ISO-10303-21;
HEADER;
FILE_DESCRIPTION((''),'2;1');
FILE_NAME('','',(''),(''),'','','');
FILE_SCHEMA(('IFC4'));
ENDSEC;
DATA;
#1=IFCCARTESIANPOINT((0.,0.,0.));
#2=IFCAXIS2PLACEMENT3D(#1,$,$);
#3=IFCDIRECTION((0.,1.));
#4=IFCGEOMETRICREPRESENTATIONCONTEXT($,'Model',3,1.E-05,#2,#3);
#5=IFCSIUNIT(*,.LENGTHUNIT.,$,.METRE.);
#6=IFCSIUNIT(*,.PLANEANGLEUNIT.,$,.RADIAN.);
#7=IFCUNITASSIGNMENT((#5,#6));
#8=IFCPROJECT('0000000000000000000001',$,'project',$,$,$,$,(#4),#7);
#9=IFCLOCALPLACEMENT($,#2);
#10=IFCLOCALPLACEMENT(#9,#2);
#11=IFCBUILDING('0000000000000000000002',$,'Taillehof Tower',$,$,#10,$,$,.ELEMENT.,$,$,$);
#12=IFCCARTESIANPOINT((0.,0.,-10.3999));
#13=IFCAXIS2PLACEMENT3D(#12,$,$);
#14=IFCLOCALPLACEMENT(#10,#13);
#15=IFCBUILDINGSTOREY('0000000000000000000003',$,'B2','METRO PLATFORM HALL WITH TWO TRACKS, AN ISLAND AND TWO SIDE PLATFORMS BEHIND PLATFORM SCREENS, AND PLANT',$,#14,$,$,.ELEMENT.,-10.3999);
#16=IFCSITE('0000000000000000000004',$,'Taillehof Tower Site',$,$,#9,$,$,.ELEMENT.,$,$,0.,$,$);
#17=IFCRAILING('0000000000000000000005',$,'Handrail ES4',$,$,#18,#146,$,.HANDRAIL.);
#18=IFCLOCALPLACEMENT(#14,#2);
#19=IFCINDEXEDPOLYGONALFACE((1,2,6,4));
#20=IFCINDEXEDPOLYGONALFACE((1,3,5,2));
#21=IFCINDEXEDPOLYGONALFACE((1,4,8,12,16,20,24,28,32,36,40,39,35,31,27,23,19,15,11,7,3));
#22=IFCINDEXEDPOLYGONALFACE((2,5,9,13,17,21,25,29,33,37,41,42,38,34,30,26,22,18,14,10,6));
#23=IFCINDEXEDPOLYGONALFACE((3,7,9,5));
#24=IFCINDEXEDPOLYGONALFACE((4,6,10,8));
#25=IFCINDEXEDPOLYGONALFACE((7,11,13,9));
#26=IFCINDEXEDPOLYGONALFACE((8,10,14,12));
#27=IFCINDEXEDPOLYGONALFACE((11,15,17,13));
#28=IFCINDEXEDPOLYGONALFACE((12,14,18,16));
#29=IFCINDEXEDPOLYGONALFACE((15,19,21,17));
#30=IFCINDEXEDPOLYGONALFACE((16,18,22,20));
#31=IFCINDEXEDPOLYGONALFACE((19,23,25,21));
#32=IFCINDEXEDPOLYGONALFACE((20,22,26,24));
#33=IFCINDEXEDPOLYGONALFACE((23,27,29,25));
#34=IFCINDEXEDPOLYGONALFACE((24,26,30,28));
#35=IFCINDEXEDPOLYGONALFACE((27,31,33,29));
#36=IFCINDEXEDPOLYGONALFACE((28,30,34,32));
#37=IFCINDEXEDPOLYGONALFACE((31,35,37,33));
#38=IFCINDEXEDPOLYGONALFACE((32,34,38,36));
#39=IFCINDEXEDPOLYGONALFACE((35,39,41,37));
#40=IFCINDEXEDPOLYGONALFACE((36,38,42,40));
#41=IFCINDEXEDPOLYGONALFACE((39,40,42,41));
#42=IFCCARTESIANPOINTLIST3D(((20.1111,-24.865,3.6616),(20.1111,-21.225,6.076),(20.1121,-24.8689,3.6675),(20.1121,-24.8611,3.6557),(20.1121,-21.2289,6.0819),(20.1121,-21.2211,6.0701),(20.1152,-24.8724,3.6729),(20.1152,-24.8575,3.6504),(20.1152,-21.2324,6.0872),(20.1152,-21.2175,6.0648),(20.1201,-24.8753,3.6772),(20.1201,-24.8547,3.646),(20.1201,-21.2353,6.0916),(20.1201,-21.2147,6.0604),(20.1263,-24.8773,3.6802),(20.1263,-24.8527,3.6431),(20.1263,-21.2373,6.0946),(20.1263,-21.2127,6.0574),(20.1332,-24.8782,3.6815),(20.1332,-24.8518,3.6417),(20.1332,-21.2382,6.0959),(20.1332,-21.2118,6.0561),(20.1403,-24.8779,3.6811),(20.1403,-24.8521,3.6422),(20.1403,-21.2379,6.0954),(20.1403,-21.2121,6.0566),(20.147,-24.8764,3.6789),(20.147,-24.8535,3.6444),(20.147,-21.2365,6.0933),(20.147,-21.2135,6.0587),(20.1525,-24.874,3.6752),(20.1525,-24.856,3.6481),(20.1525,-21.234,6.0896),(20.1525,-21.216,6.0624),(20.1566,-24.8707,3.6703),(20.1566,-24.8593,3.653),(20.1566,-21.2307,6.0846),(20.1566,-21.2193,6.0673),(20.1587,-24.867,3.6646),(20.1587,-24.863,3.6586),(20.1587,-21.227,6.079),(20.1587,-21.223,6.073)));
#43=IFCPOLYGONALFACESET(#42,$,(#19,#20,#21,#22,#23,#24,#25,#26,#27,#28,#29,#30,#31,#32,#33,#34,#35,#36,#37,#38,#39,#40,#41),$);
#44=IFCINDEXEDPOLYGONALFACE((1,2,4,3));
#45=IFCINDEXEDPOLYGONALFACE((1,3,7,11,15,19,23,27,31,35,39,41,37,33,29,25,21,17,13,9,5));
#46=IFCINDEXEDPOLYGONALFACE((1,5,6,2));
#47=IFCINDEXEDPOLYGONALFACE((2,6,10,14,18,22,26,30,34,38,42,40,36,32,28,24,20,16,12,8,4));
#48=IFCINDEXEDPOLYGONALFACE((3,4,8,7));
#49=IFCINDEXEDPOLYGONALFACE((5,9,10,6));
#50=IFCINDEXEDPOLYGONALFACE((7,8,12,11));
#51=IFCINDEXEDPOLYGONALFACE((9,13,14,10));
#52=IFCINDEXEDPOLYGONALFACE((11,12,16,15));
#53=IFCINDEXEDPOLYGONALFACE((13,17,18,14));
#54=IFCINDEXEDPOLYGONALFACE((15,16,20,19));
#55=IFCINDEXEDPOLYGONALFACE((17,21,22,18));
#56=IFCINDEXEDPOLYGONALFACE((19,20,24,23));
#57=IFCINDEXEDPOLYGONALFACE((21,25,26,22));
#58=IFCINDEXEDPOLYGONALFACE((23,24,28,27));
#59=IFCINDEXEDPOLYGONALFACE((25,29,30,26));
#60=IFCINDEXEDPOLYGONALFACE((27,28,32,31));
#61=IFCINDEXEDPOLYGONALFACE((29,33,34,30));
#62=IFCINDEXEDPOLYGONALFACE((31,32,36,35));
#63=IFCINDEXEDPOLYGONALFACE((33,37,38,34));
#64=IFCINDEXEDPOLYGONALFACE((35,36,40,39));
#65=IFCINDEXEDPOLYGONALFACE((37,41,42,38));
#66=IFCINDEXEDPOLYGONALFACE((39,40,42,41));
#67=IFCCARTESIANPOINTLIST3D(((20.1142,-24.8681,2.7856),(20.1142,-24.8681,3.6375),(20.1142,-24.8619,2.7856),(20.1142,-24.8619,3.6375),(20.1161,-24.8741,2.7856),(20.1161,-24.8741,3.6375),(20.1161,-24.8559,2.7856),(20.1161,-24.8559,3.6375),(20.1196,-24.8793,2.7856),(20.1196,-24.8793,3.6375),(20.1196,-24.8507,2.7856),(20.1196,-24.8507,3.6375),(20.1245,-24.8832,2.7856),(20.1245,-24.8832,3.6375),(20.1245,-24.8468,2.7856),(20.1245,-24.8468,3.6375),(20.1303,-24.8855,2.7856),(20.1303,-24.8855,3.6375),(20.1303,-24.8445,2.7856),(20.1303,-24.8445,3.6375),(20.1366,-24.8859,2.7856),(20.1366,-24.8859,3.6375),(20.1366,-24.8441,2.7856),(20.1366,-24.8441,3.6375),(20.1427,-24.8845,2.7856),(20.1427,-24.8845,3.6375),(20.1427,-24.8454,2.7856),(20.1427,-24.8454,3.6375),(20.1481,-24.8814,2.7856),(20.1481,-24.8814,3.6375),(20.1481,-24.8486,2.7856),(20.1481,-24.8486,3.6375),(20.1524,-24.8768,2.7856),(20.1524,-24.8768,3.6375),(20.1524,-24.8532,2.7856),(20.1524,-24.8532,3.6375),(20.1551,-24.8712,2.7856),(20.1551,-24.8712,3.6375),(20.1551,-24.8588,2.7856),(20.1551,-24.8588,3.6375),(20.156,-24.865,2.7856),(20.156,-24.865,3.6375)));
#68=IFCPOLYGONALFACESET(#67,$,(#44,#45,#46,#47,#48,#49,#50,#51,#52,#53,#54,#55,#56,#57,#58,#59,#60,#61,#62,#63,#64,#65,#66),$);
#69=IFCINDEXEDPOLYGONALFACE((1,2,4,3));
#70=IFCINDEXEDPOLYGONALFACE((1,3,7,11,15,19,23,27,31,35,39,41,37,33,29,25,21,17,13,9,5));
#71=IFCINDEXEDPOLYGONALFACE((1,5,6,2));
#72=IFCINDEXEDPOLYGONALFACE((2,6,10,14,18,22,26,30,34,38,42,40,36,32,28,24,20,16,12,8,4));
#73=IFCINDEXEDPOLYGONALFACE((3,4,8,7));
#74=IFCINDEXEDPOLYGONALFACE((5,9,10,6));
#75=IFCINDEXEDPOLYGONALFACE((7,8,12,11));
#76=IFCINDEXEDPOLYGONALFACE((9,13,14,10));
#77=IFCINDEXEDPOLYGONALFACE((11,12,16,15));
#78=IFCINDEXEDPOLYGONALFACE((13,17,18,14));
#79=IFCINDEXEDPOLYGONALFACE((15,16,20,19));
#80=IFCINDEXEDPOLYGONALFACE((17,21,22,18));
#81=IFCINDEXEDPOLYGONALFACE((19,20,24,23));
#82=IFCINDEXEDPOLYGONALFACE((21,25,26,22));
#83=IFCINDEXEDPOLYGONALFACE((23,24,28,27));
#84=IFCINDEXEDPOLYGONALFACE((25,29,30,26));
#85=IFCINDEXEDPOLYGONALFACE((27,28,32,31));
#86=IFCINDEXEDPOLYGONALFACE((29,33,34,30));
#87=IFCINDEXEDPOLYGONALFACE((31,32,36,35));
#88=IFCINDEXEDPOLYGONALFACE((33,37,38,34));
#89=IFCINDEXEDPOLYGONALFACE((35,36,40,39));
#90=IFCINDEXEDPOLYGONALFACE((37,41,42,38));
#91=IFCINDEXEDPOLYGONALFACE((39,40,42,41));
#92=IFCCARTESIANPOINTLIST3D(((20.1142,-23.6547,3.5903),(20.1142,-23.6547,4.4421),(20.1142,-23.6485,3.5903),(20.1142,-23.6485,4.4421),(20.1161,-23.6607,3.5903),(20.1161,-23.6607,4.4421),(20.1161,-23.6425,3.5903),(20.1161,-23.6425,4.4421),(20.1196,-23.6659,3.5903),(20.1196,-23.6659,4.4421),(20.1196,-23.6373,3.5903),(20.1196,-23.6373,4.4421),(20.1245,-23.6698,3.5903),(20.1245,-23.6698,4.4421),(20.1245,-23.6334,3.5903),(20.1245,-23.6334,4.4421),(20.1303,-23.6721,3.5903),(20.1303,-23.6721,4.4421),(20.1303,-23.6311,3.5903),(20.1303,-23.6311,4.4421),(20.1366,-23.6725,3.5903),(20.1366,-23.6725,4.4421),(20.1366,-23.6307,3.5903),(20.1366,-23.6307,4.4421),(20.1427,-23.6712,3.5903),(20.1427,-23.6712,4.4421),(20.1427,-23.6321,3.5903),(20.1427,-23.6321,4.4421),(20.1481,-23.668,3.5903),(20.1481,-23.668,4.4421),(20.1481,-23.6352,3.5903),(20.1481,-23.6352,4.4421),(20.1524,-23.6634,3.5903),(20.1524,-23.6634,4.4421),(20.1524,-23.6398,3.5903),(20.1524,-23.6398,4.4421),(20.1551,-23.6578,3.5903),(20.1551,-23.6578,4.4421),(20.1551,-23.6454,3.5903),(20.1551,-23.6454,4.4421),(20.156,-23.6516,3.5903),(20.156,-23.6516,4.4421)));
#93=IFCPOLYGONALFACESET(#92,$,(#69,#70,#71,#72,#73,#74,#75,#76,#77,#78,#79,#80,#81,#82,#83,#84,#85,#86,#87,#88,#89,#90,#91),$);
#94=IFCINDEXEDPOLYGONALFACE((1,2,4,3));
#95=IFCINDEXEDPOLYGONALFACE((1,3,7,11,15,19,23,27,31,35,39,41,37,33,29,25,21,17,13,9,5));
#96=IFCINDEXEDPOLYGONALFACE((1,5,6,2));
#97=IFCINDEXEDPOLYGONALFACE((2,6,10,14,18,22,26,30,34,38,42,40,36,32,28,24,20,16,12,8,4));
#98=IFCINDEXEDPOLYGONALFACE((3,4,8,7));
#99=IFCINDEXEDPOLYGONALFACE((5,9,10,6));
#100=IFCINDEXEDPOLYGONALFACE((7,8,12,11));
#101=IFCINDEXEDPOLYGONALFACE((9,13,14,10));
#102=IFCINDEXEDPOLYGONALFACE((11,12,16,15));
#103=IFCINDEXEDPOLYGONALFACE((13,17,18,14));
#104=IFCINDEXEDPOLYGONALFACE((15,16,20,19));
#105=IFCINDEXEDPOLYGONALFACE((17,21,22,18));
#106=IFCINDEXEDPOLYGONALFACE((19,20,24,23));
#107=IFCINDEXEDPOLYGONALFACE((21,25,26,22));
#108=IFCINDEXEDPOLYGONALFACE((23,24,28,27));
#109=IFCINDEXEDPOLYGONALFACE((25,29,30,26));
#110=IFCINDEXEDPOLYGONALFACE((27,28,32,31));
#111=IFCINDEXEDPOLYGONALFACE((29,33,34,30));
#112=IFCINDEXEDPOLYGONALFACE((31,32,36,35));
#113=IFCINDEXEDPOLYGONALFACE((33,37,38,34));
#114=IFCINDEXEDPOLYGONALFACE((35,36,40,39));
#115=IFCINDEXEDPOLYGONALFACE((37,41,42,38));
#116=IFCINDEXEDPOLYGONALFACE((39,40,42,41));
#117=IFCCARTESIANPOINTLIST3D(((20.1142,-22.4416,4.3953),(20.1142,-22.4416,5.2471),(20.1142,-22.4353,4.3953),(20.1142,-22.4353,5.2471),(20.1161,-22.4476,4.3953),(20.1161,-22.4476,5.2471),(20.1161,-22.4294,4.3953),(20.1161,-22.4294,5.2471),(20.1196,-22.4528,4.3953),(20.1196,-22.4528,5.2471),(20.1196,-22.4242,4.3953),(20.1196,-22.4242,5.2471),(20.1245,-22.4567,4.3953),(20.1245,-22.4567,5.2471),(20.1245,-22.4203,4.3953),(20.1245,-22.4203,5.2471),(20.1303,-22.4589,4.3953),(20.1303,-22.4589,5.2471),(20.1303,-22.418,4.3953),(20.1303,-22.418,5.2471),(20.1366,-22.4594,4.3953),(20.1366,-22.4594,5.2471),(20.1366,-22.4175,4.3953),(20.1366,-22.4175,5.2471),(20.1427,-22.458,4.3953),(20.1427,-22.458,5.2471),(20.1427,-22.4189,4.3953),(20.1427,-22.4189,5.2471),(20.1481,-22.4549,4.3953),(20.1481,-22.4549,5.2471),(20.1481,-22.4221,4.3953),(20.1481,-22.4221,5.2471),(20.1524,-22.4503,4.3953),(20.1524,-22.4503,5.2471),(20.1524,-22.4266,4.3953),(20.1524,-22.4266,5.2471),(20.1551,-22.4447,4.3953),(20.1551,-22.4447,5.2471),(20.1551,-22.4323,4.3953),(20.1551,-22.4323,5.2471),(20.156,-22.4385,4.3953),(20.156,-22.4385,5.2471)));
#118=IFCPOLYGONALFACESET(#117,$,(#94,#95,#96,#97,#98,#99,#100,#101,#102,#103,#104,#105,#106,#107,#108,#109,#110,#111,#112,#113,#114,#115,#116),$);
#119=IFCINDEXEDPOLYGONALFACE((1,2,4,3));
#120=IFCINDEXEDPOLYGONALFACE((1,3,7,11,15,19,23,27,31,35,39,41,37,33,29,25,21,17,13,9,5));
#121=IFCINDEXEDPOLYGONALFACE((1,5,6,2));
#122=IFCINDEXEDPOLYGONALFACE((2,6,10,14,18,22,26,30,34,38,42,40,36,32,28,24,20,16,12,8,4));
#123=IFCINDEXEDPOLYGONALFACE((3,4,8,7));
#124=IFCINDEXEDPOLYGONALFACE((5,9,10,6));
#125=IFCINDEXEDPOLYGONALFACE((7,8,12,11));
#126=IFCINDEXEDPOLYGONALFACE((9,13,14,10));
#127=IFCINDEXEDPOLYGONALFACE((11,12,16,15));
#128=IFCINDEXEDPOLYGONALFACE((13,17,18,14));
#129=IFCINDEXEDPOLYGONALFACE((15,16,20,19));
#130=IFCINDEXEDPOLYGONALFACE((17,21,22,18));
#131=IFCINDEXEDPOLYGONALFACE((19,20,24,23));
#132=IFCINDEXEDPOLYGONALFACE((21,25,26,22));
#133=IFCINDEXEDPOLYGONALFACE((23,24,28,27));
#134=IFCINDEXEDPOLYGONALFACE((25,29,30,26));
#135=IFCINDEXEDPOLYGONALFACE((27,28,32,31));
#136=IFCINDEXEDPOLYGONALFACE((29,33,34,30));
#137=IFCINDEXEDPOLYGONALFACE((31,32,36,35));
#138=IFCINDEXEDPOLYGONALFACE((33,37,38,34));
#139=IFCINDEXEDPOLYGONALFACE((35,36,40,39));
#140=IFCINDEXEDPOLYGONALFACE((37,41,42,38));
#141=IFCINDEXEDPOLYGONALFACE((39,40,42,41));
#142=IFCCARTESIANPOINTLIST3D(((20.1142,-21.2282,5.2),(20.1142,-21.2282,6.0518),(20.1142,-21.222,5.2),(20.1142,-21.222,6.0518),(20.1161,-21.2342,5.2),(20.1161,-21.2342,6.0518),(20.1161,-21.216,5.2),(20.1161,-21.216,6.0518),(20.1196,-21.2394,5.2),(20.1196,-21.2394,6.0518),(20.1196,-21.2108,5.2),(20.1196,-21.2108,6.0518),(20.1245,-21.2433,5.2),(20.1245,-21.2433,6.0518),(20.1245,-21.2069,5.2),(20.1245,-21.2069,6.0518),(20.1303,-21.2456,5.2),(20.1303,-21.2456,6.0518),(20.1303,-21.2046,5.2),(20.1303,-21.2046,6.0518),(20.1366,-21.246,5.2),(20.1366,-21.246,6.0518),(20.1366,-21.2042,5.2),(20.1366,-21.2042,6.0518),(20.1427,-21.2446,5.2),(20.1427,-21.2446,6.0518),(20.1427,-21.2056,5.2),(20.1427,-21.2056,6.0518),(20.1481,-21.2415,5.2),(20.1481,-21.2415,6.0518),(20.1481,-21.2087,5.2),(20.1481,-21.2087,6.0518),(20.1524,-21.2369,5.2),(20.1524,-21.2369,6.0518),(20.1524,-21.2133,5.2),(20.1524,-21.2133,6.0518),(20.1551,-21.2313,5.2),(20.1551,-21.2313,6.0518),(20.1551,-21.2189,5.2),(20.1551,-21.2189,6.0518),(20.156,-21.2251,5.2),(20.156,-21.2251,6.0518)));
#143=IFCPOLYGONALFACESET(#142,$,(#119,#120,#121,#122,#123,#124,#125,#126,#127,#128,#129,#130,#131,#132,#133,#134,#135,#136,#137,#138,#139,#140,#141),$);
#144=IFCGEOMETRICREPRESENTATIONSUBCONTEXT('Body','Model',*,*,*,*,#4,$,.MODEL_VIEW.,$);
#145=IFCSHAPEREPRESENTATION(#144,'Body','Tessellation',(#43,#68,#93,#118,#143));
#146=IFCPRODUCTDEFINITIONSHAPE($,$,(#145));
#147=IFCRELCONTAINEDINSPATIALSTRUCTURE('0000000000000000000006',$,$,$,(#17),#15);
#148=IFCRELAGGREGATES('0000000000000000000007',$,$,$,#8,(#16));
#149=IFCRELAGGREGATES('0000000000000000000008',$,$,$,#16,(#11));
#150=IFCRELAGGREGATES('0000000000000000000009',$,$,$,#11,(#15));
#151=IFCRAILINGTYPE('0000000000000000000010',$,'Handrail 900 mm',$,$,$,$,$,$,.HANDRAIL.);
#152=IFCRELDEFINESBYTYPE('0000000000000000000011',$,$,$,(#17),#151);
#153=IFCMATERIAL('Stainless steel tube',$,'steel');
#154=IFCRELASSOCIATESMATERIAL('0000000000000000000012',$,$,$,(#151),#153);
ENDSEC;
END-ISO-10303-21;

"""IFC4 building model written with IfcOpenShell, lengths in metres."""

from ifc_helpers import new_model, si_unit, direction, frame, origin, origin_2d, place, context, subcontext, project, spatial, circle, extrude, material, type_object, element, save


model = new_model("IFC4")

# Units and contexts
model_context = context("Model", 3, precision=1e-05, world=origin(), true_north=direction((0.0, 1.0)))
body_context = subcontext(model_context, "Body", "Model", "MODEL_VIEW")
ifc_project = project(units=[si_unit("LENGTHUNIT", "METRE"), si_unit("PLANEANGLEUNIT", "RADIAN")], contexts=[model_context])

# Site, building, storey
site_placement = place(None, origin())
site = spatial("IfcSite", under=ifc_project, at=site_placement, Name="Taillehof Tower Site", CompositionType="ELEMENT", RefElevation=0.0)
building_placement = place(site_placement, origin())
building = spatial("IfcBuilding", under=site, at=building_placement, Name="Taillehof Tower", CompositionType="ELEMENT")
storey_placement = place(building_placement, frame((0.0, 0.0, -10.3999)))
storey = spatial("IfcBuildingStorey", under=building, at=storey_placement, Name="B2", Description="METRO PLATFORM HALL WITH TWO TRACKS, AN ISLAND AND TWO SIDE PLATFORMS BEHIND PLATFORM SCREENS, AND PLANT", CompositionType="ELEMENT", Elevation=-10.3999)

# Railing
ifc_material_1 = material(Name="Stainless steel tube", Category="steel")
railing_type = type_object("IfcRailingType", Name="Handrail 900 mm", PredefinedType="HANDRAIL", material=ifc_material_1)
for number, where, name in (
    (1, (20.135, -24.865, 2.7856), "Handrail ES4"),
):
    element("IfcRailing", number, at=place(storey_placement, frame(where)), inside=storey, type_object=railing_type, Name=name, PredefinedType="HANDRAIL", context=body_context, shape_type="SweptSolid", body=[
        extrude(circle(Radius=0.0239, at=origin_2d()), frame((0.0, 0.0, 0.876), z_axis=(0.0, 0.833347, 0.552751), x_axis=(-1.0, 0.0, 0.0)), (0.0, 0.0, 1.0), 4.3679),
        extrude(circle(Radius=0.021, at=origin_2d()), origin(), (0.0, 0.0, 1.0), 0.8518),
        extrude(circle(Radius=0.021, at=origin_2d()), frame((0.0, 1.2134, 0.8047)), (0.0, 0.0, 1.0), 0.8518),
        extrude(circle(Radius=0.021, at=origin_2d()), frame((0.0, 2.4265, 1.6096)), (0.0, 0.0, 1.0), 0.8518),
        extrude(circle(Radius=0.021, at=origin_2d()), frame((0.0, 3.6399, 2.4143)), (0.0, 0.0, 1.0), 0.8518),
    ])

save(model, "model.ifc")
